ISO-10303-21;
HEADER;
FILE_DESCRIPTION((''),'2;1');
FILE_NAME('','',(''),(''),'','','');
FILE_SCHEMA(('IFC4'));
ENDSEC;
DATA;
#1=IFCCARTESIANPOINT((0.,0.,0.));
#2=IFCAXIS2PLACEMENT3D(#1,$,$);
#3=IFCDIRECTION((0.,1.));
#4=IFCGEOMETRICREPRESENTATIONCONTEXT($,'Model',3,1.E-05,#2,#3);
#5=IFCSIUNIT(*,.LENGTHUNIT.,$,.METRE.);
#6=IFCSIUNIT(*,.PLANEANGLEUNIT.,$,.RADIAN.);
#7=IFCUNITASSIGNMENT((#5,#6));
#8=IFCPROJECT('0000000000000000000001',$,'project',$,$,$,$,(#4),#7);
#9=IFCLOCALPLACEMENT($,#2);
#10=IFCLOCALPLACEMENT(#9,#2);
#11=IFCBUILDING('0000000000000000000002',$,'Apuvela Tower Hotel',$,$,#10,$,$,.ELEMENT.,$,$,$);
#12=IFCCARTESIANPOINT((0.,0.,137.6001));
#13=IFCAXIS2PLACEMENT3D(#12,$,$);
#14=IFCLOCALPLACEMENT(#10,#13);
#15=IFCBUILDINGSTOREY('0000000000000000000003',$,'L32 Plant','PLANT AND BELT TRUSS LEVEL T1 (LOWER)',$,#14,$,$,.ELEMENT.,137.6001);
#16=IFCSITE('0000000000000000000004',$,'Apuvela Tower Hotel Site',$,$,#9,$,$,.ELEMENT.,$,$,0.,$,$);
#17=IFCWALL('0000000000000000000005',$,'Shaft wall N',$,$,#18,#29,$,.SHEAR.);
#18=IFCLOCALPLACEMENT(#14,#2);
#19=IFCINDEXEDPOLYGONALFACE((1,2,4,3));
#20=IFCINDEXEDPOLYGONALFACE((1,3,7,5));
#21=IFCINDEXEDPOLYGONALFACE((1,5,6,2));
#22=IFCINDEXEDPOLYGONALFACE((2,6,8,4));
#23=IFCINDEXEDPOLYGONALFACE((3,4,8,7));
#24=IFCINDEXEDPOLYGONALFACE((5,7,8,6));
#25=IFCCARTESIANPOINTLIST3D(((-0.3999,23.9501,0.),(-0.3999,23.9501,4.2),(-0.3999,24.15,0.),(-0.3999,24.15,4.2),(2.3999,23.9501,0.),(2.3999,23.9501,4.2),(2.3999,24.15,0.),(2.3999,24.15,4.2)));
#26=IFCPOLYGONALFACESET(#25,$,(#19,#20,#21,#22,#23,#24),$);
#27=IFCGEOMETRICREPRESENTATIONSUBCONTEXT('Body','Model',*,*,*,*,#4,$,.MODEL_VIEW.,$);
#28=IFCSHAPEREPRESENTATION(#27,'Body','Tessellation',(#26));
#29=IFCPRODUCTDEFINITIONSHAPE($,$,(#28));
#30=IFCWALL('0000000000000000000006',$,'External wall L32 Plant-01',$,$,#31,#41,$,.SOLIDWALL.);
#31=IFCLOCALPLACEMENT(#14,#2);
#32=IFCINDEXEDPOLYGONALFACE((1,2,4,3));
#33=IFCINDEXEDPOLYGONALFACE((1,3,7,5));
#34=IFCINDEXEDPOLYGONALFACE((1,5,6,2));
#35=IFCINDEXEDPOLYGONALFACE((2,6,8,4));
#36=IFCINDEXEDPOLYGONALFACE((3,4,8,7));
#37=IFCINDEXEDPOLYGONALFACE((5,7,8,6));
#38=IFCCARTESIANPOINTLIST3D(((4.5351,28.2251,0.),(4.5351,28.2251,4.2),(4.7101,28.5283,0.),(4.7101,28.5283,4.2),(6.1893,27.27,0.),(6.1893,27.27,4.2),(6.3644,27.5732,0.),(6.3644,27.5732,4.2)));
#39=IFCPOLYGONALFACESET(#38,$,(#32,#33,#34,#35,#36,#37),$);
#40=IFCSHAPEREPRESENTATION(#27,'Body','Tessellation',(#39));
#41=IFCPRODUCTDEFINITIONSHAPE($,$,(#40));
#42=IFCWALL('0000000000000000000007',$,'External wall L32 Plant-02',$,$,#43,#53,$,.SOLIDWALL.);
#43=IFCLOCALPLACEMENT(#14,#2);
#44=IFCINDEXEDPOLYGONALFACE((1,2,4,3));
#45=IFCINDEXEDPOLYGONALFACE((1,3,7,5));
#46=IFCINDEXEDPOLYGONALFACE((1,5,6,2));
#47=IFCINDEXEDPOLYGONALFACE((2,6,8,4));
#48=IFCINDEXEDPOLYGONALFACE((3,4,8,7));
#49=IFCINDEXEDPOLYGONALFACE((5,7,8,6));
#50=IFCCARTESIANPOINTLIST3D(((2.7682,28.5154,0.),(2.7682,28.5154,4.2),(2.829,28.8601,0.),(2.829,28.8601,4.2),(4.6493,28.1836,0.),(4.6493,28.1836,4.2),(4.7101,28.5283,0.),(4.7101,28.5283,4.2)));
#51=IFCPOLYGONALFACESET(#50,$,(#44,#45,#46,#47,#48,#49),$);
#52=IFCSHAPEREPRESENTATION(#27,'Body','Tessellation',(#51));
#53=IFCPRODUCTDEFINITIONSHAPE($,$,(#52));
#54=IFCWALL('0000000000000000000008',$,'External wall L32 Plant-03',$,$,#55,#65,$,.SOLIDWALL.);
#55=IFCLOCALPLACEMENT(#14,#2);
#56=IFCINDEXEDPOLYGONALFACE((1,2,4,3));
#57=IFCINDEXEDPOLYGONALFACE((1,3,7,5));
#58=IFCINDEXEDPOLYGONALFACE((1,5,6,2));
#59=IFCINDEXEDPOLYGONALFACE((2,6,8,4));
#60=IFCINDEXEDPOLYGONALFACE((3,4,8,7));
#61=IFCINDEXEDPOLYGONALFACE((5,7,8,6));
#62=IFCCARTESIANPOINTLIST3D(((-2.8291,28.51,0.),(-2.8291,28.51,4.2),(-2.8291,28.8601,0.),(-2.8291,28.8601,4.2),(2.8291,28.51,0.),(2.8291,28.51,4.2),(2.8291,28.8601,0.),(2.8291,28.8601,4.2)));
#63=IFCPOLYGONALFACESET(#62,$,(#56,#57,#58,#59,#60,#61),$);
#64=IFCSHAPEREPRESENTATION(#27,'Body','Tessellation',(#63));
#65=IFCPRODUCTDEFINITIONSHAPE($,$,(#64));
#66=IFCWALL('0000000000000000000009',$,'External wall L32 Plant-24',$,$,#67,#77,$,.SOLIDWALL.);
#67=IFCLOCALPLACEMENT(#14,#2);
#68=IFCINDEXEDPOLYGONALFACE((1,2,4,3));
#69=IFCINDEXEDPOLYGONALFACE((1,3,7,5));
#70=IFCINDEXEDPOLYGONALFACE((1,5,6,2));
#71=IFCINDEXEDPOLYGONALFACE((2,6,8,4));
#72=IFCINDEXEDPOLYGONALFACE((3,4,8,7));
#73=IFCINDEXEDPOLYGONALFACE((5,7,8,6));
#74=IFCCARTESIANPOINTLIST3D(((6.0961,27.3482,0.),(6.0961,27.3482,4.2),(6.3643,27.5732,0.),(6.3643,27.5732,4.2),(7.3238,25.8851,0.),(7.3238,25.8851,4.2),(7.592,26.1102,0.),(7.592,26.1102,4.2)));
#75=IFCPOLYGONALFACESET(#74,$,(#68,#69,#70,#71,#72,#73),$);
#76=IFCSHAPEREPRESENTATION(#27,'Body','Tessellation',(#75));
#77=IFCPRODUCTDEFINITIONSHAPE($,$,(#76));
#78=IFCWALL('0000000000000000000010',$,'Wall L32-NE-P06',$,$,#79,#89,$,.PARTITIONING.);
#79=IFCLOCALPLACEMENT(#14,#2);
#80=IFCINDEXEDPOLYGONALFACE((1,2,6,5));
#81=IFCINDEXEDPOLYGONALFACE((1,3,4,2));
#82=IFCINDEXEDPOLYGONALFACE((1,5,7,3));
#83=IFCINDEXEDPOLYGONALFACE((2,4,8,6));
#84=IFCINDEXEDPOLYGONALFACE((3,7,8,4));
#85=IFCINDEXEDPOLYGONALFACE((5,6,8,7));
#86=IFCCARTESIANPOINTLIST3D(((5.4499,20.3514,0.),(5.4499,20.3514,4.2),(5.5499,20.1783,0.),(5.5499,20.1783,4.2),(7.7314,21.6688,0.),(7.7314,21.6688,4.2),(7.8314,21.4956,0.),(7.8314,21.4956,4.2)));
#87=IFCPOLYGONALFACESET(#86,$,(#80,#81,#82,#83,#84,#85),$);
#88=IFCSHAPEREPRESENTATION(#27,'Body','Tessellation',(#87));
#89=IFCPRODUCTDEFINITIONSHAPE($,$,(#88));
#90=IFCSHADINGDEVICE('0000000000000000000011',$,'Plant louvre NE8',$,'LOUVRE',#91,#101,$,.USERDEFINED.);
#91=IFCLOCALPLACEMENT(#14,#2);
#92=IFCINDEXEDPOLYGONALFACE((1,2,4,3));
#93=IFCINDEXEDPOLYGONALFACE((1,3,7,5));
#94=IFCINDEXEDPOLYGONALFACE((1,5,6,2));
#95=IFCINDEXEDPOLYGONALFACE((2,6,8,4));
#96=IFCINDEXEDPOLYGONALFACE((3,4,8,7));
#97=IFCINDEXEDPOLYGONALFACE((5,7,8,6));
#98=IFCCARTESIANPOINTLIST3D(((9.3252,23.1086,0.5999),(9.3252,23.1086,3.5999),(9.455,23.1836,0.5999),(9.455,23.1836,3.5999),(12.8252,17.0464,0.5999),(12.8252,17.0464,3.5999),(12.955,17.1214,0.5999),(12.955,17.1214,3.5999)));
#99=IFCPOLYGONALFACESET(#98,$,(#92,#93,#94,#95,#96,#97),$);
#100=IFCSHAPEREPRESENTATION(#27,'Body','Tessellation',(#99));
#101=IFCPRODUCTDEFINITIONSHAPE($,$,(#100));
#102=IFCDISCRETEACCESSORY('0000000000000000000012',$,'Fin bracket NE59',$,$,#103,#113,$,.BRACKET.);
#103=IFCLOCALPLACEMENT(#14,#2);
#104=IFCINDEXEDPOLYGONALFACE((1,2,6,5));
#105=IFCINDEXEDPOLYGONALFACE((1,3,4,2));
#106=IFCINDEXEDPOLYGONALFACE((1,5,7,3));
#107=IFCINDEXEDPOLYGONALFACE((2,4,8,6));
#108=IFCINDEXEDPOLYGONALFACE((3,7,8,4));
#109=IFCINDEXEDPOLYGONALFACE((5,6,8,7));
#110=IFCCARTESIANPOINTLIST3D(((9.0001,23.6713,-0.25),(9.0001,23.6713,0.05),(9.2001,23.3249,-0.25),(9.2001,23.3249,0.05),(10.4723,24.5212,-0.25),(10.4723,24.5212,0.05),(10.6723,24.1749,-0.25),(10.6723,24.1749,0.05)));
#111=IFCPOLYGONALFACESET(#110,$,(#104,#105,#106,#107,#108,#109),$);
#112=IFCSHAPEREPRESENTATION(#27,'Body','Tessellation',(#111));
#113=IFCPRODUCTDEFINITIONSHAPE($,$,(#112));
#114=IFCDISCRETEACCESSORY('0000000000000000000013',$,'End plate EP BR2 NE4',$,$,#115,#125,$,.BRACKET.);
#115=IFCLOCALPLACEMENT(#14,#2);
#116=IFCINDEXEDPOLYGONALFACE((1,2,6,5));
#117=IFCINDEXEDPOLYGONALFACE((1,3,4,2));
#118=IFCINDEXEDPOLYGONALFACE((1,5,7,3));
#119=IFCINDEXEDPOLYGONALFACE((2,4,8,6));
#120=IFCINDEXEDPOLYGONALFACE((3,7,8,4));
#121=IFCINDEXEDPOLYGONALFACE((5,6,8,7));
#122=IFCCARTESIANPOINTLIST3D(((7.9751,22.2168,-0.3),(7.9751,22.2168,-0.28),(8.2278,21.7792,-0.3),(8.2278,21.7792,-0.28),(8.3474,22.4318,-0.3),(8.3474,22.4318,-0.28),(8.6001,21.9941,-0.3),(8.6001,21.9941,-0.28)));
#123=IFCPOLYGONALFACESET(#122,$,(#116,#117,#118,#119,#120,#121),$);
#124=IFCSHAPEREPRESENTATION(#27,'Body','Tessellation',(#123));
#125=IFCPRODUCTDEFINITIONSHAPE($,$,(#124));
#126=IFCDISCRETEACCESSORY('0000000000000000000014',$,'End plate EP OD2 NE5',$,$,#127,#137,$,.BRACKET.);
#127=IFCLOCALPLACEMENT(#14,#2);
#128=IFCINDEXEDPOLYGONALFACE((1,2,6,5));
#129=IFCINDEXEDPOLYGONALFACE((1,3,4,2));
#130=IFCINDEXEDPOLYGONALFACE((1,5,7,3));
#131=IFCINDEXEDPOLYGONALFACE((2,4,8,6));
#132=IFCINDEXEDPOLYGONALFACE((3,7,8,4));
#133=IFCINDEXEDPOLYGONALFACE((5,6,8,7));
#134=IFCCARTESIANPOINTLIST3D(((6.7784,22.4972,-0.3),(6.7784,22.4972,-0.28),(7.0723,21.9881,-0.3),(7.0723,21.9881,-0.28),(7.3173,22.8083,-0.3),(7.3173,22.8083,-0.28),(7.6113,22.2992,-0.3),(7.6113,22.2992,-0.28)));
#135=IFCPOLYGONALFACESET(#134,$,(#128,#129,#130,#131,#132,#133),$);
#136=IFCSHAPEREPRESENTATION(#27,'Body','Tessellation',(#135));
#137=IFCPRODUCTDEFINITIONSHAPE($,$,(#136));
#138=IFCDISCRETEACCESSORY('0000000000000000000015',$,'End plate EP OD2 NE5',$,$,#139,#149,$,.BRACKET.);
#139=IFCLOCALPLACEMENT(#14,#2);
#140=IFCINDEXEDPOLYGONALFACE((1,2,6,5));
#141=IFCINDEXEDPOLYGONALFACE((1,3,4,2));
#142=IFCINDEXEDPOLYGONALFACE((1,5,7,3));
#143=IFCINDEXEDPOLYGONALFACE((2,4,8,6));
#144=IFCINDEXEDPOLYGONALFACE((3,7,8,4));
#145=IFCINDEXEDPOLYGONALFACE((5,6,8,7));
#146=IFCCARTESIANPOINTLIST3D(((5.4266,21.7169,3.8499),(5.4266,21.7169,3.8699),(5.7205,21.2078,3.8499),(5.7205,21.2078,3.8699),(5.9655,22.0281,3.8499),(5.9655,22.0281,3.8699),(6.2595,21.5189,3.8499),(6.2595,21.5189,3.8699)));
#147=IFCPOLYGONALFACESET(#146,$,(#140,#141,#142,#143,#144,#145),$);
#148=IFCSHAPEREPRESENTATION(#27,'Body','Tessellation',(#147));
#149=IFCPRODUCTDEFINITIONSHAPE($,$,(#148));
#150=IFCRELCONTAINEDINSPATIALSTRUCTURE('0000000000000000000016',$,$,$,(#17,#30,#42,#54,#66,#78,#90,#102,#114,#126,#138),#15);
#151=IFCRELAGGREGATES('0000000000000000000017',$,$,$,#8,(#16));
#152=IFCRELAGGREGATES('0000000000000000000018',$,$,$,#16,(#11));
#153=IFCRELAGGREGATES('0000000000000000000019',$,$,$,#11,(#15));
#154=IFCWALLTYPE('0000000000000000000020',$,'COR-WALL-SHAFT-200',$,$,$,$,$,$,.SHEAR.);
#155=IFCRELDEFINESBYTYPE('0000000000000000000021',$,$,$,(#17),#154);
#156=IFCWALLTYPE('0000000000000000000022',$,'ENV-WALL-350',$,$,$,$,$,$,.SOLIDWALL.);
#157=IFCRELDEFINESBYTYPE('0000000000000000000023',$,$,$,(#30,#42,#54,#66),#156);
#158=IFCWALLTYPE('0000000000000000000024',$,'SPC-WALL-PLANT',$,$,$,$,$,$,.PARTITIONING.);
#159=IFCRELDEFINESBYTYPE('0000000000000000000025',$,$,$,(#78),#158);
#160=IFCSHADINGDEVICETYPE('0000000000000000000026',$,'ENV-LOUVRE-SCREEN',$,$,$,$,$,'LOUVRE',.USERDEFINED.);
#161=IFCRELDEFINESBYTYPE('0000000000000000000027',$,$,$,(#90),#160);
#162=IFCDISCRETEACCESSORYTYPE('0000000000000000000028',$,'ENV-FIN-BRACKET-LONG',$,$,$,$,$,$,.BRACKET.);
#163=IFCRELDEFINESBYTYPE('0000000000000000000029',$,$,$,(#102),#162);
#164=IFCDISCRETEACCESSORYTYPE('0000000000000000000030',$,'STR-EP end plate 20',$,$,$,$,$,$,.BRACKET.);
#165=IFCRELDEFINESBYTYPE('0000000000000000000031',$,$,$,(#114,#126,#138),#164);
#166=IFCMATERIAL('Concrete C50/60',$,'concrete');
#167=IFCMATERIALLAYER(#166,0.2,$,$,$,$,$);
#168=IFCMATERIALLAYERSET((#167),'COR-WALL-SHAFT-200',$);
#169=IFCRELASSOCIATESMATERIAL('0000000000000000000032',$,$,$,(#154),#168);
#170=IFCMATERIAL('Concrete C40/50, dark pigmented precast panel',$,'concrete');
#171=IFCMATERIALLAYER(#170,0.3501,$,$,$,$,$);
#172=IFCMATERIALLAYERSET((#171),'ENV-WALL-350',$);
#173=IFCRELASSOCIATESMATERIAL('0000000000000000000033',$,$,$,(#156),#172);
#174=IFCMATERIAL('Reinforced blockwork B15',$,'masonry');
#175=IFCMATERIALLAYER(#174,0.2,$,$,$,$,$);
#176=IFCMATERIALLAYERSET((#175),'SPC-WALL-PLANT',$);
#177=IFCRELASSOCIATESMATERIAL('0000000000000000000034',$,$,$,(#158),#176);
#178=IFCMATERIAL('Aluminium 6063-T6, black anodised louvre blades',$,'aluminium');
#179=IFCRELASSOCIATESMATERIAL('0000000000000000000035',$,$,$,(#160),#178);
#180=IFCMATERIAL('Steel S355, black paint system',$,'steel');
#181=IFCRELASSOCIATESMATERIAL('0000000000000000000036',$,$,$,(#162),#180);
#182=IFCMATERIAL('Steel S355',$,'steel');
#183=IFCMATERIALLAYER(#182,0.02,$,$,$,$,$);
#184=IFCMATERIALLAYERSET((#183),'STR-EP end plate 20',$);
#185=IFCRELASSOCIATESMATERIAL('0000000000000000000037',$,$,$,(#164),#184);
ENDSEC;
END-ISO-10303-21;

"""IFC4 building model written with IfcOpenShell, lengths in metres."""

from ifc_helpers import new_model, si_unit, direction, frame, frame_2d, origin, origin_2d, place, context, subcontext, project, spatial, rectangle, extrude, material, layer, layer_set, type_object, element, save


model = new_model("IFC4")

# Units and contexts
model_context = context("Model", 3, precision=1e-05, world=origin(), true_north=direction((0.0, 1.0)))
body_context = subcontext(model_context, "Body", "Model", "MODEL_VIEW")
ifc_project = project(units=[si_unit("LENGTHUNIT", "METRE"), si_unit("PLANEANGLEUNIT", "RADIAN")], contexts=[model_context])

# Site, building, storey
site_placement = place(None, origin())
site = spatial("IfcSite", under=ifc_project, at=site_placement, Name="Apuvela Tower Hotel Site", CompositionType="ELEMENT", RefElevation=0.0)
building_placement = place(site_placement, origin())
building = spatial("IfcBuilding", under=site, at=building_placement, Name="Apuvela Tower Hotel", CompositionType="ELEMENT")
storey_placement = place(building_placement, frame((0.0, 0.0, 137.6001)))
storey = spatial("IfcBuildingStorey", under=building, at=storey_placement, Name="L32 Plant", Description="PLANT AND BELT TRUSS LEVEL T1 (LOWER)", CompositionType="ELEMENT", Elevation=137.6001)

# Shared definitions
ifc_material_1 = material(Name="Steel S355", Category="steel")

# Walls
ifc_material_2 = material(Name="Concrete C50/60", Category="concrete")
ifc_layer_1 = layer(ifc_material_2, 0.2)
ifc_layer_set_1 = layer_set([ifc_layer_1], Name="COR-WALL-SHAFT-200")
wall_type_1 = type_object("IfcWallType", Name="COR-WALL-SHAFT-200", PredefinedType="SHEAR", material=ifc_layer_set_1)
wall_1_placement = place(storey_placement, frame((2.3999, 24.05, 0.0), z_axis=(0.0, 0.0, 1.0), x_axis=(-1.0, 0.0, 0.0)))
element("IfcWall", 1, at=wall_1_placement, inside=storey, type_object=wall_type_1, Name="Shaft wall N", PredefinedType="SHEAR", context=body_context, shape_type="SweptSolid", body=[
    extrude(rectangle(XDim=2.7998, YDim=0.2, at=frame_2d((1.3999, 0.0))), origin(), (0.0, 0.0, 1.0), 4.2),
])
ifc_material_3 = material(Name="Concrete C40/50, dark pigmented precast panel", Category="concrete")
ifc_layer_2 = layer(ifc_material_3, 0.3501)
ifc_layer_set_2 = layer_set([ifc_layer_2], Name="ENV-WALL-350")
wall_type_2 = type_object("IfcWallType", Name="ENV-WALL-350", PredefinedType="SOLIDWALL", material=ifc_layer_set_2)
for number, where, z_axis, x_axis, name in (
    (2, (6.2769, 27.4216, 0.0), (0.0, 0.0, 1.0), (-0.866032, 0.499988, 0.0), "External wall L32 Plant-01"),
    (3, (4.6797, 28.356, 0.0), (0.0, 0.0, 1.0), (-0.984799, 0.173698, 0.0), "External wall L32 Plant-02"),
):
    element("IfcWall", number, at=place(storey_placement, frame(where, z_axis=z_axis, x_axis=x_axis)), inside=storey, type_object=wall_type_2, Name=name, PredefinedType="SOLIDWALL", context=body_context, shape_type="SweptSolid", body=[
        extrude(rectangle(XDim=1.9102, YDim=0.3501, at=frame_2d((0.9551, 0.0))), origin(), (0.0, 0.0, 1.0), 4.2),
    ])
wall_2_placement = place(storey_placement, frame((2.8291, 28.6851, 0.0), z_axis=(0.0, 0.0, 1.0), x_axis=(-1.0, 0.0, 0.0)))
element("IfcWall", 4, at=wall_2_placement, inside=storey, type_object=wall_type_2, Name="External wall L32 Plant-03", PredefinedType="SOLIDWALL", context=body_context, shape_type="SweptSolid", body=[
    extrude(rectangle(XDim=5.6582, YDim=0.3501, at=frame_2d((2.8291, 0.0))), origin(), (0.0, 0.0, 1.0), 4.2),
])
wall_3_placement = place(storey_placement, frame((7.458, 25.9976, 0.0), z_axis=(0.0, 0.0, 1.0), x_axis=(-0.642808, 0.766027, 0.0)))
element("IfcWall", 5, at=wall_3_placement, inside=storey, type_object=wall_type_2, Name="External wall L32 Plant-24", PredefinedType="SOLIDWALL", context=body_context, shape_type="SweptSolid", body=[
    extrude(rectangle(XDim=1.9099, YDim=0.3501, at=frame_2d((0.9551, 0.0))), origin(), (0.0, 0.0, 1.0), 4.2),
])
ifc_material_4 = material(Name="Reinforced blockwork B15", Category="masonry")
ifc_layer_3 = layer(ifc_material_4, 0.2)
ifc_layer_set_3 = layer_set([ifc_layer_3], Name="SPC-WALL-PLANT")
wall_type_3 = type_object("IfcWallType", Name="SPC-WALL-PLANT", PredefinedType="PARTITIONING", material=ifc_layer_set_3)
wall_4_placement = place(storey_placement, frame((7.7815, 21.5823, 0.0), z_axis=(0.0, 0.0, 1.0), x_axis=(-0.865999, -0.500046, 0.0)))
element("IfcWall", 6, at=wall_4_placement, inside=storey, type_object=wall_type_3, Name="Wall L32-NE-P06", PredefinedType="PARTITIONING", context=body_context, shape_type="SweptSolid", body=[
    extrude(rectangle(XDim=2.6345, YDim=0.2, at=frame_2d((1.3174, 0.0))), origin(), (0.0, 0.0, 1.0), 4.2),
])

# Shading device
ifc_material_5 = material(Name="Aluminium 6063-T6, black anodised louvre blades", Category="aluminium")
shading_device_type = type_object("IfcShadingDeviceType", Name="ENV-LOUVRE-SCREEN", ElementType="LOUVRE", PredefinedType="USERDEFINED", material=ifc_material_5)
shading_device_placement = place(storey_placement, frame((11.1401, 20.115, 0.5999), z_axis=(0.0, 0.0, 1.0), x_axis=(-0.5, 0.866025, 0.0)))
element("IfcShadingDevice", 7, at=shading_device_placement, inside=storey, type_object=shading_device_type, Name="Plant louvre NE8", ObjectType="LOUVRE", PredefinedType="USERDEFINED", context=body_context, shape_type="SweptSolid", body=[
    extrude(rectangle(XDim=7.0, YDim=0.1499, at=origin_2d()), origin(), (0.0, 0.0, 1.0), 3.0),
])

# Discrete accessories
ifc_material_6 = material(Name="Steel S355, black paint system", Category="steel")
discrete_accessory_type_1 = type_object("IfcDiscreteAccessoryType", Name="ENV-FIN-BRACKET-LONG", PredefinedType="BRACKET", material=ifc_material_6)
discrete_accessory_1_placement = place(storey_placement, frame((9.8362, 23.9231, -0.25), z_axis=(0.0, 0.0, 1.0), x_axis=(-0.5, 0.866025, 0.0)))
element("IfcDiscreteAccessory", 8, at=discrete_accessory_1_placement, inside=storey, type_object=discrete_accessory_type_1, Name="Fin bracket NE59", PredefinedType="BRACKET", context=body_context, shape_type="SweptSolid", body=[
    extrude(rectangle(XDim=0.3999, YDim=1.7, at=origin_2d()), origin(), (0.0, 0.0, 1.0), 0.3),
])
ifc_layer_4 = layer(ifc_material_1, 0.02)
ifc_layer_set_4 = layer_set([ifc_layer_4], Name="STR-EP end plate 20")
discrete_accessory_type_2 = type_object("IfcDiscreteAccessoryType", Name="STR-EP end plate 20", PredefinedType="BRACKET", material=ifc_layer_set_4)
discrete_accessory_2_placement = place(storey_placement, frame((8.2876, 22.1055, -0.3), z_axis=(0.0, 0.0, 1.0), x_axis=(0.5, -0.866025, 0.0)))
element("IfcDiscreteAccessory", 9, at=discrete_accessory_2_placement, inside=storey, type_object=discrete_accessory_type_2, Name="End plate EP BR2 NE4", PredefinedType="BRACKET", context=body_context, shape_type="SweptSolid", body=[
    extrude(rectangle(XDim=0.5054, YDim=0.4299, at=origin_2d()), origin(), (0.0, 0.0, 1.0), 0.02),
])
for number, where, z_axis, x_axis, name in (
    (10, (7.1948, 22.3982, -0.3), (0.0, 0.0, 1.0), (-0.866025, -0.5, 0.0), "End plate EP OD2 NE5"),
    (11, (5.843, 21.6179, 3.8499), (0.0, 0.0, 1.0), (-0.866025, -0.5, 0.0), "End plate EP OD2 NE5"),
):
    element("IfcDiscreteAccessory", number, at=place(storey_placement, frame(where, z_axis=z_axis, x_axis=x_axis)), inside=storey, type_object=discrete_accessory_type_2, Name=name, PredefinedType="BRACKET", context=body_context, shape_type="SweptSolid", body=[
        extrude(rectangle(XDim=0.6223, YDim=0.5879, at=origin_2d()), origin(), (0.0, 0.0, 1.0), 0.02),
    ])

save(model, "model.ifc")
